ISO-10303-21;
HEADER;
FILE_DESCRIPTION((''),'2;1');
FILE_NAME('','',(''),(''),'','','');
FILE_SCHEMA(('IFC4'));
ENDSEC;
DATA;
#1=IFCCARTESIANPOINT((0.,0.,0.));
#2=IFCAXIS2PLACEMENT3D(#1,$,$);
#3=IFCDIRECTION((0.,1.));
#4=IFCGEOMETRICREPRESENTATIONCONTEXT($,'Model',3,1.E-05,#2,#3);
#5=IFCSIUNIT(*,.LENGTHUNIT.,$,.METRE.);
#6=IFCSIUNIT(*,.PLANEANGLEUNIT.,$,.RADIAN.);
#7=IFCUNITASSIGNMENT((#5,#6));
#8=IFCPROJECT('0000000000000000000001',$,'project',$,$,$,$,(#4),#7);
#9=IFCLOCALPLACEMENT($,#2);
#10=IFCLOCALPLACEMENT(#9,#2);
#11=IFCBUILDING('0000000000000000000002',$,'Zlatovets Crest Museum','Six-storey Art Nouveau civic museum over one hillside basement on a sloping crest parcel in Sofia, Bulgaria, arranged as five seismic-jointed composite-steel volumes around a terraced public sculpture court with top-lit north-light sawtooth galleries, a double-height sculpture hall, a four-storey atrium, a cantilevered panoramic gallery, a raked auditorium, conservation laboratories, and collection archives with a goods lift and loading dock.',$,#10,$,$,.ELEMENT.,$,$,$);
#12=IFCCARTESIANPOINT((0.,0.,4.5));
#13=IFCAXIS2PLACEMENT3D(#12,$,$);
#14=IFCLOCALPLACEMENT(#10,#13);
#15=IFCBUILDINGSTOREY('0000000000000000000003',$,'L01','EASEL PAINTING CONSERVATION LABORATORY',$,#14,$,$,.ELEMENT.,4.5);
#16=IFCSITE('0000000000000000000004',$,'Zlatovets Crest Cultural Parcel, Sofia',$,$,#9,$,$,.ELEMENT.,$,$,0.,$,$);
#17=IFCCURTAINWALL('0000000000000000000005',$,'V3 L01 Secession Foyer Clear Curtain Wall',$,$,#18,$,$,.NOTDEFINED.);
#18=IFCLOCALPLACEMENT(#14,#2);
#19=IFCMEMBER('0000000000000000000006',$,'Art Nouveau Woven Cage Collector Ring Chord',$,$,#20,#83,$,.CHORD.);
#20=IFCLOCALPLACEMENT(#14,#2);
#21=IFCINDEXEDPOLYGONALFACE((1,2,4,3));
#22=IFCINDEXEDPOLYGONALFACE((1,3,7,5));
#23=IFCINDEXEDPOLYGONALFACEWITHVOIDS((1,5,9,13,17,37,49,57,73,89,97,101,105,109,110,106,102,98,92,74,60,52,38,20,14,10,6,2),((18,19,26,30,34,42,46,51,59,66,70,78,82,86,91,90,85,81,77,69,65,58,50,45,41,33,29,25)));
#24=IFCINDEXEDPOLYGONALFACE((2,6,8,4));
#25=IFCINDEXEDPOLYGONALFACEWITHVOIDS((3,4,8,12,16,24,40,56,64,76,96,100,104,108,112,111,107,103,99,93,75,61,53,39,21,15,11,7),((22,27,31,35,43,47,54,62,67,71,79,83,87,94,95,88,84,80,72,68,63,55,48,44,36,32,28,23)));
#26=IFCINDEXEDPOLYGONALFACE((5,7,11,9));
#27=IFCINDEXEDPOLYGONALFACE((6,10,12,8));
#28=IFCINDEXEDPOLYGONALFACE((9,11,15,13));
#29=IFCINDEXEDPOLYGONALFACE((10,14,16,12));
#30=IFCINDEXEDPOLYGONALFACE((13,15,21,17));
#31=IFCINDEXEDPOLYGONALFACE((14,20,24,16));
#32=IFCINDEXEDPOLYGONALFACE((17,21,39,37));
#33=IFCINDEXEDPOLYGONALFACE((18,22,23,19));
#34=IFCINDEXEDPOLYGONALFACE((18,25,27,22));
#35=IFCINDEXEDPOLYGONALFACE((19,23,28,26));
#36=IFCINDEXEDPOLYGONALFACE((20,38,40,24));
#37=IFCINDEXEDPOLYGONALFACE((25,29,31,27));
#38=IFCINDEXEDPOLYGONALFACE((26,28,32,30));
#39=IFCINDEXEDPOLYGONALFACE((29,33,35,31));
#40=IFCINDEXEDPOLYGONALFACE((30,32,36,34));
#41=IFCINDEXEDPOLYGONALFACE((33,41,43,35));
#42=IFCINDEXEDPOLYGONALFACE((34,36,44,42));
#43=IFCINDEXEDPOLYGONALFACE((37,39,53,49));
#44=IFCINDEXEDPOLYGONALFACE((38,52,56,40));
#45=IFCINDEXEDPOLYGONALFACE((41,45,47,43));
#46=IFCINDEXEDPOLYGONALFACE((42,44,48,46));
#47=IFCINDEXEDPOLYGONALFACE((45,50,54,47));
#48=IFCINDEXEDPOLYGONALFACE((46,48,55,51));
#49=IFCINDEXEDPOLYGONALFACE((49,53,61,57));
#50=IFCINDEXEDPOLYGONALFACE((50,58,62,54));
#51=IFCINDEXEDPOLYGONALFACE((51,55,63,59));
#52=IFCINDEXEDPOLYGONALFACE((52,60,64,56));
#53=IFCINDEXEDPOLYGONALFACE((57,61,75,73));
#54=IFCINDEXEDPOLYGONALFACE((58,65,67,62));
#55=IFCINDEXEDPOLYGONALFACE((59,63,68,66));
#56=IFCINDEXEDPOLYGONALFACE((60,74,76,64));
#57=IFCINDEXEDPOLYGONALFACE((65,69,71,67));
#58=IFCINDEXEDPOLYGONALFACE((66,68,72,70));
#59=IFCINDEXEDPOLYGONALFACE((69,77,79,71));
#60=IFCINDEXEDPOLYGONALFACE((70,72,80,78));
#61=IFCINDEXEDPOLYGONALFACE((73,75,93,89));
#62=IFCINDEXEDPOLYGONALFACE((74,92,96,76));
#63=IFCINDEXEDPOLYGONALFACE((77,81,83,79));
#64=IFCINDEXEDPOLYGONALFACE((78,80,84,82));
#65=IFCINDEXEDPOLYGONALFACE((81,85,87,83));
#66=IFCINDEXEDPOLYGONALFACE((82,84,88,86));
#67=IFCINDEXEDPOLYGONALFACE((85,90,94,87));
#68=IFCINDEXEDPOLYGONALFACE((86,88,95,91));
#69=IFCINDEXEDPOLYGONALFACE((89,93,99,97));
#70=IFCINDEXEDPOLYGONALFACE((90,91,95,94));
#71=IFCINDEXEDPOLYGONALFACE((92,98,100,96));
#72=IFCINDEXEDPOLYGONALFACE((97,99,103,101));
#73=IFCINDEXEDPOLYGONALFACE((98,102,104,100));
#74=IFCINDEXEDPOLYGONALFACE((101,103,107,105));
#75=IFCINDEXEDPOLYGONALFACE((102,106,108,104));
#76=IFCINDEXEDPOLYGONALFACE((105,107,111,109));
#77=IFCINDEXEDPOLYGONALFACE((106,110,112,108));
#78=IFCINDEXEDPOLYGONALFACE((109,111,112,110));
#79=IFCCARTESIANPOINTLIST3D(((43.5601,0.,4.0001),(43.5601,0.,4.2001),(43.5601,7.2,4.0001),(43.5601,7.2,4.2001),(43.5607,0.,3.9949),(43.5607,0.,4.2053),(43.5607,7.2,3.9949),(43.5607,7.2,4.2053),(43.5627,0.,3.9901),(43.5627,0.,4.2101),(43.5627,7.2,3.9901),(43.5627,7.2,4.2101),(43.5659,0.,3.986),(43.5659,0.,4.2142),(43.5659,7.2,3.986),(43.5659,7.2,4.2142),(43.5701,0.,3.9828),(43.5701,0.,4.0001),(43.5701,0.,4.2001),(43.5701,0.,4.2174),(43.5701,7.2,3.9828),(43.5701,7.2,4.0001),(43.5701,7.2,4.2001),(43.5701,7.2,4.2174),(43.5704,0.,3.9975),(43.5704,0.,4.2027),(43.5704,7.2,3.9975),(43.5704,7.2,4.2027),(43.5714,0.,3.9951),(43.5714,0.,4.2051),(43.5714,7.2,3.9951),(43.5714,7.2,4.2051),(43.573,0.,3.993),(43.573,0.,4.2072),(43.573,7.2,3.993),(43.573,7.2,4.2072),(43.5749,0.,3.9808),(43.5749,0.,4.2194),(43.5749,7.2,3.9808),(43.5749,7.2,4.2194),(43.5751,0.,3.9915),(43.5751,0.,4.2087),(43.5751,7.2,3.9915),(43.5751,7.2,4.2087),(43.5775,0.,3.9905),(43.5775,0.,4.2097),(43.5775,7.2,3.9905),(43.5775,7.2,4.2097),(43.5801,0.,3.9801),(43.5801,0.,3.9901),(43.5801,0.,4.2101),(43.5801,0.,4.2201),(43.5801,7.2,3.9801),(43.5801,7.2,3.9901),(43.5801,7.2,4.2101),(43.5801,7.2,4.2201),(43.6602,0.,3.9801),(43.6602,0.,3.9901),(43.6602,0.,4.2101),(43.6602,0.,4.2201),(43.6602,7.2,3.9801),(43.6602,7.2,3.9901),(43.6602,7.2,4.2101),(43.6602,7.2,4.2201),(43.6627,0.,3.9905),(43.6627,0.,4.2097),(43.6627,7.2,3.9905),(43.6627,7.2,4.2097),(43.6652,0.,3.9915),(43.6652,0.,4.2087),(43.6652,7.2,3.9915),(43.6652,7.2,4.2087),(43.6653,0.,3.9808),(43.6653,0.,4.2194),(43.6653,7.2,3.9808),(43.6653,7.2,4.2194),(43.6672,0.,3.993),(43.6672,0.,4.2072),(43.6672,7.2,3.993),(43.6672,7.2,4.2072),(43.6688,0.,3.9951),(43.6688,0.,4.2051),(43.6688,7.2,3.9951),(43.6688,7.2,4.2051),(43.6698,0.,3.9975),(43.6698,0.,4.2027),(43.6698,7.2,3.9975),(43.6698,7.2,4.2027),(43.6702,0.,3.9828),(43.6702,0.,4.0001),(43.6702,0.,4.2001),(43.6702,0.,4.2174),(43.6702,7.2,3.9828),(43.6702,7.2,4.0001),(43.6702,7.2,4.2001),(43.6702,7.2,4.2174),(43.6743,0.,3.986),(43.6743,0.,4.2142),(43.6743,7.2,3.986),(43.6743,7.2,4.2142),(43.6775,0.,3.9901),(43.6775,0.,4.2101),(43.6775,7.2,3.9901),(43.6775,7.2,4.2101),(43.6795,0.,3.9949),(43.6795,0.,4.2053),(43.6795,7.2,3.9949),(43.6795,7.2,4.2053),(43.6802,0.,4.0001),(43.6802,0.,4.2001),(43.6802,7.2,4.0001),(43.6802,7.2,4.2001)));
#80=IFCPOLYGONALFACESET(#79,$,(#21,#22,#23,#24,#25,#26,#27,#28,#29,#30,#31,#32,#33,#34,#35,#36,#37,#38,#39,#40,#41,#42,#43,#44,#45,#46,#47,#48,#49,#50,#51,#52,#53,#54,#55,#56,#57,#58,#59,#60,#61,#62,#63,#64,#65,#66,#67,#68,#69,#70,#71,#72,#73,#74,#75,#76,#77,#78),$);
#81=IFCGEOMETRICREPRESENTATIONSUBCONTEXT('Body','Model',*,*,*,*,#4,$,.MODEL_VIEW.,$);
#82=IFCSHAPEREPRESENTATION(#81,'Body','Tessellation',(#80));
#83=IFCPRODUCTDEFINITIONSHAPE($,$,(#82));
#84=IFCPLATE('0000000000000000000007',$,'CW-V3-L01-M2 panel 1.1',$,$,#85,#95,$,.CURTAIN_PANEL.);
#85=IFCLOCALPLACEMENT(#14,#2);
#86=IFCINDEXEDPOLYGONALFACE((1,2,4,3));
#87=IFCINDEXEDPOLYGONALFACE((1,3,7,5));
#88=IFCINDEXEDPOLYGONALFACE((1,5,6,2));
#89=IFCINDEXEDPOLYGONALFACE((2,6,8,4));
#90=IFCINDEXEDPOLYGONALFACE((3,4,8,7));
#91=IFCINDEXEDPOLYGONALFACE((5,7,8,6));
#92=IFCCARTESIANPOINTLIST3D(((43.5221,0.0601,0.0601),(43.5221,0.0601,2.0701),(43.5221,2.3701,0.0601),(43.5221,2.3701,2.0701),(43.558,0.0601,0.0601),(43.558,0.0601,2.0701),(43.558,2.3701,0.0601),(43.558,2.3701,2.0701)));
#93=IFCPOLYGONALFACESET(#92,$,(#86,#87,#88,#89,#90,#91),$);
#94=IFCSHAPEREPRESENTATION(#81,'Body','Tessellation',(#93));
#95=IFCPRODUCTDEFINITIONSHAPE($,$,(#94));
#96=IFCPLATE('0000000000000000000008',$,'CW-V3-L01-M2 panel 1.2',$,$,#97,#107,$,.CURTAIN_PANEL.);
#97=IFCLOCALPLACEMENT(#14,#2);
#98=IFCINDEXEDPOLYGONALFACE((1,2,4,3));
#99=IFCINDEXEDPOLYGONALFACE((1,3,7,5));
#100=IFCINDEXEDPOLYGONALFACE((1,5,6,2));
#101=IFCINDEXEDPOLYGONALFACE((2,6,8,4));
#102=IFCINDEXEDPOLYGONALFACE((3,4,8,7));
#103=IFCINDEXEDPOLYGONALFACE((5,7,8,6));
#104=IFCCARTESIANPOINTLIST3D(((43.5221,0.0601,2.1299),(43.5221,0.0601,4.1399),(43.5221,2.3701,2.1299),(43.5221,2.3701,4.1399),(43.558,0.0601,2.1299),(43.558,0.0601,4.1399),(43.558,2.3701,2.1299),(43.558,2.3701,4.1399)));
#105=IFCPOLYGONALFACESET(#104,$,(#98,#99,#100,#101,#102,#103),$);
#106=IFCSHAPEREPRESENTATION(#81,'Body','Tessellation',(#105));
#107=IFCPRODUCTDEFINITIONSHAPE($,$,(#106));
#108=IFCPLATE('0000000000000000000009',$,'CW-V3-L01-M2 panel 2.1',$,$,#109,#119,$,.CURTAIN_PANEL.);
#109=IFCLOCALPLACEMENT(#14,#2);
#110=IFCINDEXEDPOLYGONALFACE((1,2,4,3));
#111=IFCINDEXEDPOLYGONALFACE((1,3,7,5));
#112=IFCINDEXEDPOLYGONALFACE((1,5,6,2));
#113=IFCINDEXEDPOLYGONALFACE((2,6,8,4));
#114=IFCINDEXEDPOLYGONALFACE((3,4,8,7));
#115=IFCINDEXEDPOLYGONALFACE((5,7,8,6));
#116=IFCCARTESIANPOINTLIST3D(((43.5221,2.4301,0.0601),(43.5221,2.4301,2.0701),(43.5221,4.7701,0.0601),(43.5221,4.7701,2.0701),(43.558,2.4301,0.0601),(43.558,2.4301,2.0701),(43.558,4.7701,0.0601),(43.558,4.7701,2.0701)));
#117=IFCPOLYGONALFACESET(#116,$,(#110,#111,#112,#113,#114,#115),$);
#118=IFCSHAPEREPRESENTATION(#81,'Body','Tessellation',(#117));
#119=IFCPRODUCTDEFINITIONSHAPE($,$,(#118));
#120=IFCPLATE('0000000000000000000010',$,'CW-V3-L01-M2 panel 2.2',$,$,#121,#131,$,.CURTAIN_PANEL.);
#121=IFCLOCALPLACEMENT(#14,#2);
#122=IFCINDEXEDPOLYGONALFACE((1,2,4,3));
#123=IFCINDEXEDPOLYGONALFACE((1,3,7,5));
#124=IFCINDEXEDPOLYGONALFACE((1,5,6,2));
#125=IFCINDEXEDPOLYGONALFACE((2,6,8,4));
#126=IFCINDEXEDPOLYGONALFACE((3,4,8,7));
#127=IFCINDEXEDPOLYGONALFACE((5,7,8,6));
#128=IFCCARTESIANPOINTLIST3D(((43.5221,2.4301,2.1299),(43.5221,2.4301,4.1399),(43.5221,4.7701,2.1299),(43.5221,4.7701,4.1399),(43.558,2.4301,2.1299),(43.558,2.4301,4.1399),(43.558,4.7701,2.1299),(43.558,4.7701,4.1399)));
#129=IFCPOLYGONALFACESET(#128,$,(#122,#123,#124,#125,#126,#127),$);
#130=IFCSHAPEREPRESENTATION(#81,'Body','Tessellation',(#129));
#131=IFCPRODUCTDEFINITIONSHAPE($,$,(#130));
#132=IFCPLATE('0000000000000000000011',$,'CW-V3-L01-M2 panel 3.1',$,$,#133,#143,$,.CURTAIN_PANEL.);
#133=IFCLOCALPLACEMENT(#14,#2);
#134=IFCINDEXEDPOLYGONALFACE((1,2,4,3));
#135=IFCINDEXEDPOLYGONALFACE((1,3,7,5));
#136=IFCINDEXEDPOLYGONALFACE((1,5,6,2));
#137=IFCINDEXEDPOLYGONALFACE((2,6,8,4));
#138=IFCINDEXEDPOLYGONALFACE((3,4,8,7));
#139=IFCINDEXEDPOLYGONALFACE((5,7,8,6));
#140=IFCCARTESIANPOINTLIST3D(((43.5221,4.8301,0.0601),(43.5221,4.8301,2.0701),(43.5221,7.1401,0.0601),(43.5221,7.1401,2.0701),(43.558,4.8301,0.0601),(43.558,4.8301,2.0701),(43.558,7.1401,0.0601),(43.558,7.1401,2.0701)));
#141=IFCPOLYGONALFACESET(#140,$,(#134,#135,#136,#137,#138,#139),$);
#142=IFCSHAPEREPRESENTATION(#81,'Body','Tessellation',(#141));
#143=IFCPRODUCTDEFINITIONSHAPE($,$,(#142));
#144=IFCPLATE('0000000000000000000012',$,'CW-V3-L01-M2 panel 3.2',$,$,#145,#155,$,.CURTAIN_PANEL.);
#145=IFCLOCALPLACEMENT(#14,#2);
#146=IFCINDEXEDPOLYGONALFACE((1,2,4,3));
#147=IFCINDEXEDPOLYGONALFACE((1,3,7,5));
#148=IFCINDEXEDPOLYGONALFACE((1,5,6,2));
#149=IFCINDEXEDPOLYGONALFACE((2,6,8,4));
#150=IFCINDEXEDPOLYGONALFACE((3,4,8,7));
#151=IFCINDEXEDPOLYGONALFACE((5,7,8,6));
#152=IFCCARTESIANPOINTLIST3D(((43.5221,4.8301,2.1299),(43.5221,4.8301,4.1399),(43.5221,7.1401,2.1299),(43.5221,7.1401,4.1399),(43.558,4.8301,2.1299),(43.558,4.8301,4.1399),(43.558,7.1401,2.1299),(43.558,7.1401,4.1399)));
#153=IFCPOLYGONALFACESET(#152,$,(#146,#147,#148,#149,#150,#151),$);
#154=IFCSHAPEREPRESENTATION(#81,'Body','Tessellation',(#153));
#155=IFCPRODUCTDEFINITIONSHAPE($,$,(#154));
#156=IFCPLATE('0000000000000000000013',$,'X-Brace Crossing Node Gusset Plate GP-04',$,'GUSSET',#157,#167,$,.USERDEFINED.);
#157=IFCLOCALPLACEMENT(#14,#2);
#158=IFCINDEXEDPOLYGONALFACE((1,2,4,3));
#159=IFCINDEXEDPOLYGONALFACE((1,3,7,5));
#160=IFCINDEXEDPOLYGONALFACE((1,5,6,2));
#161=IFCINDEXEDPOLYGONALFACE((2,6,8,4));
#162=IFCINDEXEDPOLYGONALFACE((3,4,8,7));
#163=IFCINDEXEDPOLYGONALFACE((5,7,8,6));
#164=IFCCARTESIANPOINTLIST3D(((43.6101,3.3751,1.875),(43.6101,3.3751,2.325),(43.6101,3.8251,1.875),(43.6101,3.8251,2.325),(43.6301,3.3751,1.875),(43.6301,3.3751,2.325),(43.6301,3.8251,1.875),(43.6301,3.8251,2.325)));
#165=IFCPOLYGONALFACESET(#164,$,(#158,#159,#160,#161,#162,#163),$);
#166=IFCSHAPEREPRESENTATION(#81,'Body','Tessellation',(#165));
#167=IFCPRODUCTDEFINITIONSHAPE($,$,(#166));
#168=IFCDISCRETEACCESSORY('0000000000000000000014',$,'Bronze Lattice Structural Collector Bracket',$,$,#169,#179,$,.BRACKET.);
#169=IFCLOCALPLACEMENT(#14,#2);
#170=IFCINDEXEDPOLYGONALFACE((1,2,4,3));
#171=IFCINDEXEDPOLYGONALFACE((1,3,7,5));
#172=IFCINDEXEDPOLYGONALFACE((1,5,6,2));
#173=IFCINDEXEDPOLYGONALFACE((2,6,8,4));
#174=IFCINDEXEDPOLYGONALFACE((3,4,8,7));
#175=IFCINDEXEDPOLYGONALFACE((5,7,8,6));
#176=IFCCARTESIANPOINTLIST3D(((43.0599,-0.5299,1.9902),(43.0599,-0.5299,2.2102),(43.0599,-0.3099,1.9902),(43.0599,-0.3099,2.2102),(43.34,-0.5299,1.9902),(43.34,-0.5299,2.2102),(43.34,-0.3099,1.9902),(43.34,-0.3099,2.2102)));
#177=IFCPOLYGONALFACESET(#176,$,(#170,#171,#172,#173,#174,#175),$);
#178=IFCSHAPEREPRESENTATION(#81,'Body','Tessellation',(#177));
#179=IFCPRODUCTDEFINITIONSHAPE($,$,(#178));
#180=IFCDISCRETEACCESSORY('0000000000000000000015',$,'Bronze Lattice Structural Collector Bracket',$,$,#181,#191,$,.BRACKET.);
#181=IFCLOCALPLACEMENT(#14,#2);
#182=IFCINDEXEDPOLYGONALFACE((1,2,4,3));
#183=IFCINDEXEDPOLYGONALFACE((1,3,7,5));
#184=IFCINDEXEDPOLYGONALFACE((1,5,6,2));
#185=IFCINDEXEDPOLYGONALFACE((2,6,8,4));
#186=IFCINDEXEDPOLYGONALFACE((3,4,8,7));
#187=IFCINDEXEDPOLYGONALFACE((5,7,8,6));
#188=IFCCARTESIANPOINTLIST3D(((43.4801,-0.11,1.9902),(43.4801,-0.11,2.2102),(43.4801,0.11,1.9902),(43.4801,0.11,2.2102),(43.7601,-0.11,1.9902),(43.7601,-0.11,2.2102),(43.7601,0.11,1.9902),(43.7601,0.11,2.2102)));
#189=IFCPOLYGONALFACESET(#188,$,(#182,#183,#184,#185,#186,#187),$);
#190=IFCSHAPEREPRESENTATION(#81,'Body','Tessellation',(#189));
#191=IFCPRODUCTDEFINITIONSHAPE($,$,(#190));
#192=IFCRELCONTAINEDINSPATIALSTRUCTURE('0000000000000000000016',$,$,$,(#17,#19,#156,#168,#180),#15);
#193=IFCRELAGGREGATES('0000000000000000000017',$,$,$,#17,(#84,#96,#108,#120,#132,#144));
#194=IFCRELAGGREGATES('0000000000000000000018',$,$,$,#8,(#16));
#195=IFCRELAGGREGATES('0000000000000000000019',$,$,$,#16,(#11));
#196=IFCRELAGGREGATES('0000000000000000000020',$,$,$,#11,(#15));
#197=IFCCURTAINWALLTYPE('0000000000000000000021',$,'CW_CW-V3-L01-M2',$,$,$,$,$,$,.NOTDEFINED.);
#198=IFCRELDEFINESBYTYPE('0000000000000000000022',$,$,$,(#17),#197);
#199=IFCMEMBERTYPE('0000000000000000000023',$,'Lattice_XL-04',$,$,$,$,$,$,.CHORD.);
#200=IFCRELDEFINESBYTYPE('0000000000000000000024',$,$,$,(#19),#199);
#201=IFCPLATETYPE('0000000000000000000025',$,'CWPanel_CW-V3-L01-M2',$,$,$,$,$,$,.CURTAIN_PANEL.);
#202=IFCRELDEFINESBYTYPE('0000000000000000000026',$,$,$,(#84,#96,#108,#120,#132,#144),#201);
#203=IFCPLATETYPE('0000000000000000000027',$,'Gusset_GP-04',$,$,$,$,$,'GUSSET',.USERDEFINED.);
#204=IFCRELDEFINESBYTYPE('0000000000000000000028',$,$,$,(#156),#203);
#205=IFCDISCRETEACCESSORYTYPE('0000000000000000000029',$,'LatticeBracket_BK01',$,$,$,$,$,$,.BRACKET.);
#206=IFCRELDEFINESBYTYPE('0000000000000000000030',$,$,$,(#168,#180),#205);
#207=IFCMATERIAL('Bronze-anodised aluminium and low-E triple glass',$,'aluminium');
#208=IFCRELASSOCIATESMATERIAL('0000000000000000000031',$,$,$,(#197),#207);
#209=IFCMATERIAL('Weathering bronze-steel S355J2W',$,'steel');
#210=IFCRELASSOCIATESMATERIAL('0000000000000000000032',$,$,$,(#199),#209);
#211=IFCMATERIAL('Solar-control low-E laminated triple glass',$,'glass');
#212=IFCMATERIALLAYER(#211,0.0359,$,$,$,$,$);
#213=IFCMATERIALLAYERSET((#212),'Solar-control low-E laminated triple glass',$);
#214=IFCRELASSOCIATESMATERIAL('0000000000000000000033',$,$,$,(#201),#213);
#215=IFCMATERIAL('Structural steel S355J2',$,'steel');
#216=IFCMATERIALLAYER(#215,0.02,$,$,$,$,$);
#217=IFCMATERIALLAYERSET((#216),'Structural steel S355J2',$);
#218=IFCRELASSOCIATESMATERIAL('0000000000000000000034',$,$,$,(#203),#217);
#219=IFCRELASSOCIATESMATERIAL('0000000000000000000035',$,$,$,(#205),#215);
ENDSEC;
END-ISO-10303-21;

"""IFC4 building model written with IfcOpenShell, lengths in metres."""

from ifc_helpers import new_model, si_unit, direction, frame, origin, origin_2d, place, context, subcontext, project, spatial, rectangle, hollow_rectangle, extrude, material, layer, layer_set, material_profile, profile_set, type_object, element, aggregate, save


model = new_model("IFC4")

# Units and contexts
model_context = context("Model", 3, precision=1e-05, world=origin(), true_north=direction((0.0, 1.0)))
body_context = subcontext(model_context, "Body", "Model", "MODEL_VIEW")
ifc_project = project(units=[si_unit("LENGTHUNIT", "METRE"), si_unit("PLANEANGLEUNIT", "RADIAN")], contexts=[model_context])

# Site, building, storey
site_placement = place(None, origin())
site = spatial("IfcSite", under=ifc_project, at=site_placement, Name="Zlatovets Crest Cultural Parcel, Sofia", CompositionType="ELEMENT", RefElevation=0.0)
building_placement = place(site_placement, origin())
building = spatial("IfcBuilding", under=site, at=building_placement, Name="Zlatovets Crest Museum", Description="Six-storey Art Nouveau civic museum over one hillside basement on a sloping crest parcel in Sofia, Bulgaria, arranged as five seismic-jointed composite-steel volumes around a terraced public sculpture court with top-lit north-light sawtooth galleries, a double-height sculpture hall, a four-storey atrium, a cantilevered panoramic gallery, a raked auditorium, conservation laboratories, and collection archives with a goods lift and loading dock.", CompositionType="ELEMENT")
storey_placement = place(building_placement, frame((0.0, 0.0, 4.5)))
storey = spatial("IfcBuildingStorey", under=building, at=storey_placement, Name="L01", Description="EASEL PAINTING CONSERVATION LABORATORY", CompositionType="ELEMENT", Elevation=4.5)

# Shared definitions
ifc_material_1 = material(Name="Structural steel S355J2", Category="steel")

# Shared definitions
ifc_material_2 = material(Name="Bronze-anodised aluminium and low-E triple glass", Category="aluminium")

# Curtain wall
curtain_wall_type_1 = type_object("IfcCurtainWallType", Name="CW_CW-V3-L01-M2", PredefinedType="NOTDEFINED", material=ifc_material_2)
curtain_wall_1_placement = place(storey_placement, origin())
curtain_wall_1 = element("IfcCurtainWall", 1, at=curtain_wall_1_placement, inside=storey, type_object=curtain_wall_type_1, Name="V3 L01 Secession Foyer Clear Curtain Wall", PredefinedType="NOTDEFINED")

# Member
ifc_material_3 = material(Name="Weathering bronze-steel S355J2W", Category="steel")
ifc_material_profile_1 = material_profile(ifc_material_3, hollow_rectangle(XDim=0.1201, YDim=0.24, WallThickness=0.01, InnerFilletRadius=0.01, OuterFilletRadius=0.02, at=origin_2d()), Name="RHS 120x240x10.0")
ifc_profile_set_1 = profile_set([ifc_material_profile_1], Name="Weathering bronze-steel S355J2W")
member_type_1 = type_object("IfcMemberType", Name="Lattice_XL-04", PredefinedType="CHORD", material=ifc_profile_set_1)
member_1_placement = place(storey_placement, frame((43.6201, 0.0, 4.1001), z_axis=(0.0, 1.0, 0.0), x_axis=(-1.0, 0.0, 0.0)))
element("IfcMember", 2, at=member_1_placement, inside=storey, type_object=member_type_1, Name="Art Nouveau Woven Cage Collector Ring Chord", PredefinedType="CHORD", context=body_context, shape_type="SweptSolid", body=[
    extrude(hollow_rectangle(XDim=0.1201, YDim=0.24, WallThickness=0.01, InnerFilletRadius=0.01, OuterFilletRadius=0.02, at=origin_2d()), origin(), (0.0, 0.0, 1.0), 7.2),
])

# Plates
ifc_material_4 = material(Name="Solar-control low-E laminated triple glass", Category="glass")
ifc_layer_1 = layer(ifc_material_4, 0.0359)
ifc_layer_set_1 = layer_set([ifc_layer_1], Name="Solar-control low-E laminated triple glass")
plate_type_1 = type_object("IfcPlateType", Name="CWPanel_CW-V3-L01-M2", PredefinedType="CURTAIN_PANEL", material=ifc_layer_set_1)
plate_1_placement = place(storey_placement, frame((43.54, 1.2151, 0.0601), z_axis=(0.0, 0.0, 1.0), x_axis=(0.0, 1.0, 0.0)))
plate_1 = element("IfcPlate", 3, at=plate_1_placement, type_object=plate_type_1, Name="CW-V3-L01-M2 panel 1.1", PredefinedType="CURTAIN_PANEL", context=body_context, shape_type="SweptSolid", body=[
    extrude(rectangle(XDim=2.3101, YDim=0.0359, at=origin_2d()), origin(), (0.0, 0.0, 1.0), 2.01),
])
plate_2_placement = place(storey_placement, frame((43.54, 1.2151, 2.1299), z_axis=(0.0, 0.0, 1.0), x_axis=(0.0, 1.0, 0.0)))
plate_2 = element("IfcPlate", 4, at=plate_2_placement, type_object=plate_type_1, Name="CW-V3-L01-M2 panel 1.2", PredefinedType="CURTAIN_PANEL", context=body_context, shape_type="SweptSolid", body=[
    extrude(rectangle(XDim=2.3101, YDim=0.0359, at=origin_2d()), origin(), (0.0, 0.0, 1.0), 2.01),
])
plate_3_placement = place(storey_placement, frame((43.54, 3.6001, 0.0601), z_axis=(0.0, 0.0, 1.0), x_axis=(0.0, 1.0, 0.0)))
plate_3 = element("IfcPlate", 5, at=plate_3_placement, type_object=plate_type_1, Name="CW-V3-L01-M2 panel 2.1", PredefinedType="CURTAIN_PANEL", context=body_context, shape_type="SweptSolid", body=[
    extrude(rectangle(XDim=2.3401, YDim=0.0359, at=origin_2d()), origin(), (0.0, 0.0, 1.0), 2.01),
])
plate_4_placement = place(storey_placement, frame((43.54, 3.6001, 2.1299), z_axis=(0.0, 0.0, 1.0), x_axis=(0.0, 1.0, 0.0)))
plate_4 = element("IfcPlate", 6, at=plate_4_placement, type_object=plate_type_1, Name="CW-V3-L01-M2 panel 2.2", PredefinedType="CURTAIN_PANEL", context=body_context, shape_type="SweptSolid", body=[
    extrude(rectangle(XDim=2.3401, YDim=0.0359, at=origin_2d()), origin(), (0.0, 0.0, 1.0), 2.01),
])
plate_5_placement = place(storey_placement, frame((43.54, 5.9851, 0.0601), z_axis=(0.0, 0.0, 1.0), x_axis=(0.0, 1.0, 0.0)))
plate_5 = element("IfcPlate", 7, at=plate_5_placement, type_object=plate_type_1, Name="CW-V3-L01-M2 panel 3.1", PredefinedType="CURTAIN_PANEL", context=body_context, shape_type="SweptSolid", body=[
    extrude(rectangle(XDim=2.3101, YDim=0.0359, at=origin_2d()), origin(), (0.0, 0.0, 1.0), 2.01),
])
plate_6_placement = place(storey_placement, frame((43.54, 5.9851, 2.1299), z_axis=(0.0, 0.0, 1.0), x_axis=(0.0, 1.0, 0.0)))
plate_6 = element("IfcPlate", 8, at=plate_6_placement, type_object=plate_type_1, Name="CW-V3-L01-M2 panel 3.2", PredefinedType="CURTAIN_PANEL", context=body_context, shape_type="SweptSolid", body=[
    extrude(rectangle(XDim=2.3101, YDim=0.0359, at=origin_2d()), origin(), (0.0, 0.0, 1.0), 2.01),
])
aggregate(curtain_wall_1, [plate_1, plate_2, plate_3, plate_4, plate_5, plate_6])
ifc_layer_2 = layer(ifc_material_1, 0.02)
ifc_layer_set_2 = layer_set([ifc_layer_2], Name="Structural steel S355J2")
plate_type_2 = type_object("IfcPlateType", Name="Gusset_GP-04", ElementType="GUSSET", PredefinedType="USERDEFINED", material=ifc_layer_set_2)
plate_7_placement = place(storey_placement, frame((43.6201, 3.6001, 1.875), z_axis=(0.0, 0.0, 1.0), x_axis=(1.0, 0.0, 0.0)))
element("IfcPlate", 9, at=plate_7_placement, inside=storey, type_object=plate_type_2, Name="X-Brace Crossing Node Gusset Plate GP-04", ObjectType="GUSSET", PredefinedType="USERDEFINED", context=body_context, shape_type="SweptSolid", body=[
    extrude(rectangle(XDim=0.02, YDim=0.45, at=origin_2d()), origin(), (0.0, 0.0, 1.0), 0.45),
])

# Discrete accessories
discrete_accessory_type = type_object("IfcDiscreteAccessoryType", Name="LatticeBracket_BK01", PredefinedType="BRACKET", material=ifc_material_1)
for number, where, z_axis, x_axis, name in (
    (10, (43.2, -0.4199, 1.9902), (0.0, 0.0, 1.0), (1.0, 0.0, 0.0), "Bronze Lattice Structural Collector Bracket"),
    (11, (43.6201, 0.0, 1.9902), (0.0, 0.0, 1.0), (1.0, 0.0, 0.0), "Bronze Lattice Structural Collector Bracket"),
):
    element("IfcDiscreteAccessory", number, at=place(storey_placement, frame(where, z_axis=z_axis, x_axis=x_axis)), inside=storey, type_object=discrete_accessory_type, Name=name, PredefinedType="BRACKET", context=body_context, shape_type="SweptSolid", body=[
        extrude(rectangle(XDim=0.28, YDim=0.22, at=origin_2d()), origin(), (0.0, 0.0, 1.0), 0.22),
    ])

save(model, "model.ifc")
